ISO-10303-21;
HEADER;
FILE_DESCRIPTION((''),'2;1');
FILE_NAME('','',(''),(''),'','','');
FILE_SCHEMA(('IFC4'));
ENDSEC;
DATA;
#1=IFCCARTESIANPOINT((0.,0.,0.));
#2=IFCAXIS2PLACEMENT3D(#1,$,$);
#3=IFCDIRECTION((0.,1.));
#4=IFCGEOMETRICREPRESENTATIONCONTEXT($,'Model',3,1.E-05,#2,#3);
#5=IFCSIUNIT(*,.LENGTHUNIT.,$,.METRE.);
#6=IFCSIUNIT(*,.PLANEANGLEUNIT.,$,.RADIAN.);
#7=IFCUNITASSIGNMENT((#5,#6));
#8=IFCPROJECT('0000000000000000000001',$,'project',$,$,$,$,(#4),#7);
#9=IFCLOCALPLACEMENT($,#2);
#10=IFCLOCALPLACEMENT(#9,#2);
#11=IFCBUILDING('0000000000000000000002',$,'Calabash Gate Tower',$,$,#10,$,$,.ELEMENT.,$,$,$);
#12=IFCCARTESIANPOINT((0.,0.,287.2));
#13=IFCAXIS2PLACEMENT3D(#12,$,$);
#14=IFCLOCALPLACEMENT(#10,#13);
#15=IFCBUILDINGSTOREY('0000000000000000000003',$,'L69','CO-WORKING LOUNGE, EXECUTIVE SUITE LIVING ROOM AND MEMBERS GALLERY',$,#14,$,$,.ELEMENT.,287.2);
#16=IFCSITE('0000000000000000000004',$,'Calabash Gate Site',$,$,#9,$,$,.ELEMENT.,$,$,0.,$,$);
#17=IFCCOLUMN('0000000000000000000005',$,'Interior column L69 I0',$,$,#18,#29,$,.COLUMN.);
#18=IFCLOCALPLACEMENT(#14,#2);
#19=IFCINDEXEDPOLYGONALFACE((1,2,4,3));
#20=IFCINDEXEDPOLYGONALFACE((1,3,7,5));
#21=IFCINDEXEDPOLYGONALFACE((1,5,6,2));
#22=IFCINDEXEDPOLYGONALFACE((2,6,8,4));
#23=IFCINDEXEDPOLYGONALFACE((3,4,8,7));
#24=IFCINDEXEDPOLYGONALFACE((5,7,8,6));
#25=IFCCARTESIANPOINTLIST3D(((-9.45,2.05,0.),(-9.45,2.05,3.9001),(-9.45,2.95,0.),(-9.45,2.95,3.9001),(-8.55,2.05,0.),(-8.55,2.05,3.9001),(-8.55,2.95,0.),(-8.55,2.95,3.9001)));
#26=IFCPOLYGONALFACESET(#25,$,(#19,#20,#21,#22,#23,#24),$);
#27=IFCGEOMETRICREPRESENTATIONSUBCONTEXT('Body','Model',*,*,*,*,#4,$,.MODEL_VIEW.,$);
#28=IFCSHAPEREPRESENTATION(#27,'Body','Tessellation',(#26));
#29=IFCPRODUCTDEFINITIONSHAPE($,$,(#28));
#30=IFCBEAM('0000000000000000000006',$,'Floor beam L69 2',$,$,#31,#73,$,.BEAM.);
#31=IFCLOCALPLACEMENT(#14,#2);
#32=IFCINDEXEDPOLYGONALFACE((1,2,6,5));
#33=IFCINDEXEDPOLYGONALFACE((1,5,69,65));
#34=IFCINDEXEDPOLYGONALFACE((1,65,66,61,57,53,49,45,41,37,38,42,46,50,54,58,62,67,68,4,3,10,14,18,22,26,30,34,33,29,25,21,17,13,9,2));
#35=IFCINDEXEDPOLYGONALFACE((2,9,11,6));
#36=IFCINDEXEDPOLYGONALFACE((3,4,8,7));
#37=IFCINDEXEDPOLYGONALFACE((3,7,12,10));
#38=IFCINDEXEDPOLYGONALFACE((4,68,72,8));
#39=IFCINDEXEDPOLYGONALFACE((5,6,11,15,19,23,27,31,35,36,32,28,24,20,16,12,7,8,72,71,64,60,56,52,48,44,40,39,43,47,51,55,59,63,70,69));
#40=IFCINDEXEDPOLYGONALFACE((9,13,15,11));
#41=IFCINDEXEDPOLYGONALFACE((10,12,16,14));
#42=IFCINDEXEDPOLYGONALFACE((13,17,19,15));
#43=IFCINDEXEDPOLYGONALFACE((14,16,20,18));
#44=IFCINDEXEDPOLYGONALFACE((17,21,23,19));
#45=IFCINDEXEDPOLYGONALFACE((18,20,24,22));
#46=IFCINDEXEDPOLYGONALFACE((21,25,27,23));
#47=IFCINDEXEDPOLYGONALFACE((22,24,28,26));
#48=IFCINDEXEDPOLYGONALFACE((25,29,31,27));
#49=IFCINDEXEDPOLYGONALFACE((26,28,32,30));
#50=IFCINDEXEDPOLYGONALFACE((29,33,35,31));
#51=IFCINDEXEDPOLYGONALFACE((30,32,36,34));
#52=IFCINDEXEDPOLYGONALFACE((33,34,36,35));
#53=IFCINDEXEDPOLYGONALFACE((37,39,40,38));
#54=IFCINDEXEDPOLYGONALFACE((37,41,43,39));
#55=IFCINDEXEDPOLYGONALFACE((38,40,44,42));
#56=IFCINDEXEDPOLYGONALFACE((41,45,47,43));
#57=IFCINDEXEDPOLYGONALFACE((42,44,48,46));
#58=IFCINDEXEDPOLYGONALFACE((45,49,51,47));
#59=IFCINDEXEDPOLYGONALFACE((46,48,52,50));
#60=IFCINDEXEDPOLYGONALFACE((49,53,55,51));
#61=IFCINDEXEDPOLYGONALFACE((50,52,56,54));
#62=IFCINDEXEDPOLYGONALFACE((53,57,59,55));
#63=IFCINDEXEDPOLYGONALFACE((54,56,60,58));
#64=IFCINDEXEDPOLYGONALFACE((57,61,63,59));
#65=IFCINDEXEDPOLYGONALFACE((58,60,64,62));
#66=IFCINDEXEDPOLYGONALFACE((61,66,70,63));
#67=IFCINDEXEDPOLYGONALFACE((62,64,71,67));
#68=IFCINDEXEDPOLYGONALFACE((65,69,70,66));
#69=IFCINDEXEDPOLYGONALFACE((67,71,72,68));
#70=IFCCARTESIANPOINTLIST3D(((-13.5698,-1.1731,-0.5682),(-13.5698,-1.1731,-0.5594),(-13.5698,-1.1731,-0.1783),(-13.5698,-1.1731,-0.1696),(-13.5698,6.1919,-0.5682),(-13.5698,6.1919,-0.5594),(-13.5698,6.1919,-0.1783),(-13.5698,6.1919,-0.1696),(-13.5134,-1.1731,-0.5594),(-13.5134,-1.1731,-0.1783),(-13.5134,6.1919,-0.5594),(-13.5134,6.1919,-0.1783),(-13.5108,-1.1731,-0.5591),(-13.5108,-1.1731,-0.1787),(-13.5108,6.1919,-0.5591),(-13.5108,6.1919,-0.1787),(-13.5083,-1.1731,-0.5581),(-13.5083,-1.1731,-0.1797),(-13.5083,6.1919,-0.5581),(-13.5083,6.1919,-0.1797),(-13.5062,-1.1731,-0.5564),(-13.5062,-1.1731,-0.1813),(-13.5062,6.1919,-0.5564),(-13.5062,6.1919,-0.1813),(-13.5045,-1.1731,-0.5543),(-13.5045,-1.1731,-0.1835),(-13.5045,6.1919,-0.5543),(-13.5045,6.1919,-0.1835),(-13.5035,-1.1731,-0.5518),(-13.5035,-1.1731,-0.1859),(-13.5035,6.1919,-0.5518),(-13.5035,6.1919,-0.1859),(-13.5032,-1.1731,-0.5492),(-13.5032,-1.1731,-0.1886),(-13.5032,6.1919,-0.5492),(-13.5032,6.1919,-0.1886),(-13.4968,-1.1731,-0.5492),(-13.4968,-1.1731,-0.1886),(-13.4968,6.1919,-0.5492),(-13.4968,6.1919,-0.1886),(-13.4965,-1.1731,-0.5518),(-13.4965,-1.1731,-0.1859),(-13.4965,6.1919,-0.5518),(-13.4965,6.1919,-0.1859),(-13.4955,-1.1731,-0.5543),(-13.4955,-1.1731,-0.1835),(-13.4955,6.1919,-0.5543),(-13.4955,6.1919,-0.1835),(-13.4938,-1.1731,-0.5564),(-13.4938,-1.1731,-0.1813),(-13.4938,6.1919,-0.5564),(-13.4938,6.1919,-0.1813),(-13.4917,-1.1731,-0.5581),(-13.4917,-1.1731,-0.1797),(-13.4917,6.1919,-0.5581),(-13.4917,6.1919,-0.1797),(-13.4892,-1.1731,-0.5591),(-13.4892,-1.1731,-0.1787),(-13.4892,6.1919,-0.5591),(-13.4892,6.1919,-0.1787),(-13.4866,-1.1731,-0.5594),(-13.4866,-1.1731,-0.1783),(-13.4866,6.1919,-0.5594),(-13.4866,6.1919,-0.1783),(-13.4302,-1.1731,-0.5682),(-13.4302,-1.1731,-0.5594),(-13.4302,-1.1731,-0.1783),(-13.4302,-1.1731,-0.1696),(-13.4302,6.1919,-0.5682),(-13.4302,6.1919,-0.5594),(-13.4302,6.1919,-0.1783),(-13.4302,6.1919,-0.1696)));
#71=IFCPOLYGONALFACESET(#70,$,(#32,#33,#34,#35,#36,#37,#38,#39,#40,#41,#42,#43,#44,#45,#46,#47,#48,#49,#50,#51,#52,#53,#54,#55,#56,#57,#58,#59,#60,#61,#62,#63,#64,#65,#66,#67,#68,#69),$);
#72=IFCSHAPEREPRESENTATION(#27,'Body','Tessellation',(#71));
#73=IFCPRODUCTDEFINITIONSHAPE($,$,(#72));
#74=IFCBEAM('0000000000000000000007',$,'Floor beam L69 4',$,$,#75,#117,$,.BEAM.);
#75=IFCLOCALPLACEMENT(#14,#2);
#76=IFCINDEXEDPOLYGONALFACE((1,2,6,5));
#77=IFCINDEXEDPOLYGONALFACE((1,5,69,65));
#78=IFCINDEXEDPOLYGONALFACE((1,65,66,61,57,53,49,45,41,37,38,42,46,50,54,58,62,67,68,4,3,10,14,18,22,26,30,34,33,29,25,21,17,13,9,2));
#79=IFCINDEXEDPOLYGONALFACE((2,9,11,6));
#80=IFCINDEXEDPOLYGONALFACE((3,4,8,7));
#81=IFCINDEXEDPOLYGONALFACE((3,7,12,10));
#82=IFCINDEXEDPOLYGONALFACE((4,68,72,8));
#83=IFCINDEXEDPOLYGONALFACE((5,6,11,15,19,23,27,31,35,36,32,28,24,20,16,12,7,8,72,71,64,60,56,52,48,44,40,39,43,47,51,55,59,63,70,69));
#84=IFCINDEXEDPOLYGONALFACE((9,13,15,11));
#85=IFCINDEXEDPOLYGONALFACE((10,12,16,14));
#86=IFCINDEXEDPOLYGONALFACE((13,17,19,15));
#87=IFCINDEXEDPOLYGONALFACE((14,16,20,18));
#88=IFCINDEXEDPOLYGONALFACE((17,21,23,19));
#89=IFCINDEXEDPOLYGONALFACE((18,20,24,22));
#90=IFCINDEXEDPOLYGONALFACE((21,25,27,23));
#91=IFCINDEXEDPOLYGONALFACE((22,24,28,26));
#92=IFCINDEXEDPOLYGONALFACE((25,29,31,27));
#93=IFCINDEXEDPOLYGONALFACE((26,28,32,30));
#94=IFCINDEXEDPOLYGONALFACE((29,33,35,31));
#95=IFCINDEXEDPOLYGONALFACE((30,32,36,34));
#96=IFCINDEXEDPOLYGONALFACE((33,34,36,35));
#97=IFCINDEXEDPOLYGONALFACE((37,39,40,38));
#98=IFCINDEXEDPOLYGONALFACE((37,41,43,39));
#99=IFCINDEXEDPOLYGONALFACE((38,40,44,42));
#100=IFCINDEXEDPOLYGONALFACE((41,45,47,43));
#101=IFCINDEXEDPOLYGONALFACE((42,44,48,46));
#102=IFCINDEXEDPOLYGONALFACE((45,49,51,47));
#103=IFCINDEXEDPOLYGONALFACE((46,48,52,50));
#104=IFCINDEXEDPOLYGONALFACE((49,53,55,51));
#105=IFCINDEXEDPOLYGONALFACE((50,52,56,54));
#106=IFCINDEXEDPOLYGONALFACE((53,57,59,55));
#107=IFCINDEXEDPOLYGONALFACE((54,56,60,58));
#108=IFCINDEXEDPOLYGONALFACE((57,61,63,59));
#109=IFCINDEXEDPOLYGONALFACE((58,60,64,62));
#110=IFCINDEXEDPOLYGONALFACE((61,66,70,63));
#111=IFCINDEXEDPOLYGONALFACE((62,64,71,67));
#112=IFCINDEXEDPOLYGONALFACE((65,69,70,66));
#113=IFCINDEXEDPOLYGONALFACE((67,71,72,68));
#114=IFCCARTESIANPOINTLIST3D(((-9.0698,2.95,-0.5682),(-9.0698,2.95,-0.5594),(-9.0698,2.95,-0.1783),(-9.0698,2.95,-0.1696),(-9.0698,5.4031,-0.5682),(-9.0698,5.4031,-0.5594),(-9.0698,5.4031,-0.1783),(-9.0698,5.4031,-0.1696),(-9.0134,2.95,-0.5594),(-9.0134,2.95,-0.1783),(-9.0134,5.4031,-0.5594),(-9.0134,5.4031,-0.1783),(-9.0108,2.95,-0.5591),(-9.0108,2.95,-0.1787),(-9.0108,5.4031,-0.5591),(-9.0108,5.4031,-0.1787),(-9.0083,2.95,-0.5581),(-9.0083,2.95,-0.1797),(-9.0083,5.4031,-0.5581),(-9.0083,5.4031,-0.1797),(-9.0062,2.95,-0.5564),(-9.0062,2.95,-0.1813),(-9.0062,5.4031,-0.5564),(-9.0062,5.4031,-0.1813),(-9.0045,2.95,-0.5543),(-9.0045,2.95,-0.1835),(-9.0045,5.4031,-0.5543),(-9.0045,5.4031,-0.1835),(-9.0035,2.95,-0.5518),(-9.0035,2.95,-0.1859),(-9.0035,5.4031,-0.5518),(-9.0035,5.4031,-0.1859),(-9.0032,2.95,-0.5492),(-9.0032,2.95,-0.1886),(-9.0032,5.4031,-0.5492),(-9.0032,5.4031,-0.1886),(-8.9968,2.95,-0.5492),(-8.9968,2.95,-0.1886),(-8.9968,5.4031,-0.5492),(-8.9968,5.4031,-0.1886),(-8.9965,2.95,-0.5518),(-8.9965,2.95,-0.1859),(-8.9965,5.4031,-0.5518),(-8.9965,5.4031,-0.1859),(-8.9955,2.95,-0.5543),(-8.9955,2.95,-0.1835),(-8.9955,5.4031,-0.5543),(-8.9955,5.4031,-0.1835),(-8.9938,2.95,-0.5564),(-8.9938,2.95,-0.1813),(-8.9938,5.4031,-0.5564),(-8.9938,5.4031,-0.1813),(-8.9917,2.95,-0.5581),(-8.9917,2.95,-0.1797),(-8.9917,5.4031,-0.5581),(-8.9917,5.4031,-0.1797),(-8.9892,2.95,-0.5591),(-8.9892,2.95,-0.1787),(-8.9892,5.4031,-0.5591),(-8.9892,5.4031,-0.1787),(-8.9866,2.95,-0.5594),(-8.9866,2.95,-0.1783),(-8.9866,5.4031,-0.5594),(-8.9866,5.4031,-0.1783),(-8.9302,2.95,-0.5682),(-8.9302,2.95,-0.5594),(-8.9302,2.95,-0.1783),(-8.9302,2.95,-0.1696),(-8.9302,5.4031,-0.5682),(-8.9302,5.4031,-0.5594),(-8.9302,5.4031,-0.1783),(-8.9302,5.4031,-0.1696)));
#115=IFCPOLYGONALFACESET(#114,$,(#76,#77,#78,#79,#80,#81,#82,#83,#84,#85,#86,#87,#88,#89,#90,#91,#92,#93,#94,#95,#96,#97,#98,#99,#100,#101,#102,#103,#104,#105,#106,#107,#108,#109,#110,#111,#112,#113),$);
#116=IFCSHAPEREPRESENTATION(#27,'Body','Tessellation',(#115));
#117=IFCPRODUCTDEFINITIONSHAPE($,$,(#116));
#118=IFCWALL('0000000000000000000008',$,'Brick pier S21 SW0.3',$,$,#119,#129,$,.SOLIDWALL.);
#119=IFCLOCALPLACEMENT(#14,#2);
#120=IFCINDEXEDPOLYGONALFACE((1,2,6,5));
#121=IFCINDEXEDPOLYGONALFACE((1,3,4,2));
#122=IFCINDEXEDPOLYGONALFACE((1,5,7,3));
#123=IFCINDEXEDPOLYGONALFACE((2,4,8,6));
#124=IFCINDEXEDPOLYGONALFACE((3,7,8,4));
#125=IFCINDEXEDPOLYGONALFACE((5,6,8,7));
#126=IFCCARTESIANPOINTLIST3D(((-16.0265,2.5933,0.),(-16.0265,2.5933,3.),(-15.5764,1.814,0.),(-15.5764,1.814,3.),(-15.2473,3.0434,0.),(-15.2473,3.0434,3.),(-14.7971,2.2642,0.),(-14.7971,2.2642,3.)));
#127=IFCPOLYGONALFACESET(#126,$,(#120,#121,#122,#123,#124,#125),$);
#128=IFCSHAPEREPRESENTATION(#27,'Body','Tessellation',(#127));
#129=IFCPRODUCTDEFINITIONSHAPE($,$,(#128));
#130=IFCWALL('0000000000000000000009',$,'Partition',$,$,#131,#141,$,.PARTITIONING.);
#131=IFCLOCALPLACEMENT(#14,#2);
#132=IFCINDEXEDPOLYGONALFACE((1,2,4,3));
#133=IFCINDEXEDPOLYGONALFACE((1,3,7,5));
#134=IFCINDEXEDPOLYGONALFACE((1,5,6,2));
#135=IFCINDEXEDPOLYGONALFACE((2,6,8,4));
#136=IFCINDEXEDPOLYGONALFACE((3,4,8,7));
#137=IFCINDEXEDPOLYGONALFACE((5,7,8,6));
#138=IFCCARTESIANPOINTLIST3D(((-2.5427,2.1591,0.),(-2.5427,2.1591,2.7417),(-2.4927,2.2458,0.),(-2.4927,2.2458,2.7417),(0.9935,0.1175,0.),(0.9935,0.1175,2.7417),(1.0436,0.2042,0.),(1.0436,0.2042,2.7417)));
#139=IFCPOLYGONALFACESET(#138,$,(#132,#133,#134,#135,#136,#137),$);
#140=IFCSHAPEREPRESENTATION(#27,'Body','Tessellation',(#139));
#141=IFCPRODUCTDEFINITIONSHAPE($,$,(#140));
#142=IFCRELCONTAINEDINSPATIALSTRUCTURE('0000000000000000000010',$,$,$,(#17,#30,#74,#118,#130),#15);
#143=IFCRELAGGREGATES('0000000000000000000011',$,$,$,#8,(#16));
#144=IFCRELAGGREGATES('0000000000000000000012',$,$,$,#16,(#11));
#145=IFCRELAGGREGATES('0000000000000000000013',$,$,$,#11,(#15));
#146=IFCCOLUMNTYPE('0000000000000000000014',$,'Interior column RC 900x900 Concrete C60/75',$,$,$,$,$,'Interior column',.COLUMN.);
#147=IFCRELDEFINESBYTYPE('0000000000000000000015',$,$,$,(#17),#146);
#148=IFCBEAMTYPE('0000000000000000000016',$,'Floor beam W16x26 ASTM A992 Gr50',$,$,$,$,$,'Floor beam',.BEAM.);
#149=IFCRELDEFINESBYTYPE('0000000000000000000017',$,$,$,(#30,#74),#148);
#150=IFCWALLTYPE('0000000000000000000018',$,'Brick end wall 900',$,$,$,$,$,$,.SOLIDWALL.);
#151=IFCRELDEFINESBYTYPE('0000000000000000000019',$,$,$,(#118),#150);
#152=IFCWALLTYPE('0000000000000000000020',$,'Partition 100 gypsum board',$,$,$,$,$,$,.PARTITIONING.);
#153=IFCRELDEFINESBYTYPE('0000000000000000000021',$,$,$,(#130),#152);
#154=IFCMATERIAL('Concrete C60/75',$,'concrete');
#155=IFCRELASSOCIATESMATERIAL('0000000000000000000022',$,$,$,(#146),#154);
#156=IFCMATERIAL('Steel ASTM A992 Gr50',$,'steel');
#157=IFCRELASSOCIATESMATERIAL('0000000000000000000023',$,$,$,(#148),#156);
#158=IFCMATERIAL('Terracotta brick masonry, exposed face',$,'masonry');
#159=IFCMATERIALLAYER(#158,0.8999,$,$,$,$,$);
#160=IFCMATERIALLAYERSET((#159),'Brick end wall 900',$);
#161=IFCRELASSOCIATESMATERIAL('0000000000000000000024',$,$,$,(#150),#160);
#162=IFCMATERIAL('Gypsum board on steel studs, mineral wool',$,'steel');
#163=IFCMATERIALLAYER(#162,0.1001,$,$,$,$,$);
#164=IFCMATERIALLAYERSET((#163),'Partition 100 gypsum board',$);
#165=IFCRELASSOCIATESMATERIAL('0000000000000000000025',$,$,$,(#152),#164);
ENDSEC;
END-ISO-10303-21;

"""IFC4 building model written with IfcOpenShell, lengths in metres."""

from ifc_helpers import new_model, si_unit, direction, frame, frame_2d, origin, origin_2d, place, context, subcontext, project, spatial, rectangle, i_section, extrude, material, layer, layer_set, material_profile, profile_set, type_object, element, save


model = new_model("IFC4")

# Units and contexts
model_context = context("Model", 3, precision=1e-05, world=origin(), true_north=direction((0.0, 1.0)))
body_context = subcontext(model_context, "Body", "Model", "MODEL_VIEW")
ifc_project = project(units=[si_unit("LENGTHUNIT", "METRE"), si_unit("PLANEANGLEUNIT", "RADIAN")], contexts=[model_context])

# Site, building, storey
site_placement = place(None, origin())
site = spatial("IfcSite", under=ifc_project, at=site_placement, Name="Calabash Gate Site", CompositionType="ELEMENT", RefElevation=0.0)
building_placement = place(site_placement, origin())
building = spatial("IfcBuilding", under=site, at=building_placement, Name="Calabash Gate Tower", CompositionType="ELEMENT")
storey_placement = place(building_placement, frame((0.0, 0.0, 287.2)))
storey = spatial("IfcBuildingStorey", under=building, at=storey_placement, Name="L69", Description="CO-WORKING LOUNGE, EXECUTIVE SUITE LIVING ROOM AND MEMBERS GALLERY", CompositionType="ELEMENT", Elevation=287.2)

# Column
ifc_material_1 = material(Name="Concrete C60/75", Category="concrete")
ifc_material_profile_1 = material_profile(ifc_material_1, rectangle(XDim=0.8999, YDim=0.8999, at=origin_2d()))
ifc_profile_set_1 = profile_set([ifc_material_profile_1], Name="Concrete C60/75")
column_type = type_object("IfcColumnType", Name="Interior column RC 900x900 Concrete C60/75", ElementType="Interior column", PredefinedType="COLUMN", material=ifc_profile_set_1)
column_placement = place(storey_placement, frame((-9.0, 2.5, 0.0), z_axis=(0.0, 0.0, 1.0), x_axis=(1.0, 0.0, 0.0)))
element("IfcColumn", 1, at=column_placement, inside=storey, type_object=column_type, Name="Interior column L69 I0", PredefinedType="COLUMN", context=body_context, shape_type="SweptSolid", body=[
    extrude(rectangle(XDim=0.8999, YDim=0.8999, at=origin_2d()), origin(), (0.0, 0.0, 1.0), 3.9001),
])

# Beams
ifc_material_2 = material(Name="Steel ASTM A992 Gr50", Category="steel")
ifc_material_profile_2 = material_profile(ifc_material_2, i_section(OverallWidth=0.1396, OverallDepth=0.3987, WebThickness=0.0063, FlangeThickness=0.0088, FilletRadius=0.0103, at=origin_2d()))
ifc_profile_set_2 = profile_set([ifc_material_profile_2], Name="Steel ASTM A992 Gr50")
beam_type = type_object("IfcBeamType", Name="Floor beam W16x26 ASTM A992 Gr50", ElementType="Floor beam", PredefinedType="BEAM", material=ifc_profile_set_2)
beam_1_placement = place(storey_placement, frame((-13.5, -1.1731, -0.3689), z_axis=(0.0, 1.0, 0.0), x_axis=(-1.0, 0.0, 0.0)))
element("IfcBeam", 2, at=beam_1_placement, inside=storey, type_object=beam_type, Name="Floor beam L69 2", PredefinedType="BEAM", context=body_context, shape_type="SweptSolid", body=[
    extrude(i_section(OverallWidth=0.1396, OverallDepth=0.3987, WebThickness=0.0063, FlangeThickness=0.0088, FilletRadius=0.0103, at=origin_2d()), origin(), (0.0, 0.0, 1.0), 7.365),
])
beam_2_placement = place(storey_placement, frame((-9.0, 2.95, -0.3689), z_axis=(0.0, 1.0, 0.0), x_axis=(-1.0, 0.0, 0.0)))
element("IfcBeam", 3, at=beam_2_placement, inside=storey, type_object=beam_type, Name="Floor beam L69 4", PredefinedType="BEAM", context=body_context, shape_type="SweptSolid", body=[
    extrude(i_section(OverallWidth=0.1396, OverallDepth=0.3987, WebThickness=0.0063, FlangeThickness=0.0088, FilletRadius=0.0103, at=origin_2d()), origin(), (0.0, 0.0, 1.0), 2.4531),
])

# Walls
ifc_material_3 = material(Name="Terracotta brick masonry, exposed face", Category="masonry")
ifc_layer_1 = layer(ifc_material_3, 0.8999)
ifc_layer_set_1 = layer_set([ifc_layer_1], Name="Brick end wall 900")
wall_type_1 = type_object("IfcWallType", Name="Brick end wall 900", PredefinedType="SOLIDWALL", material=ifc_layer_set_1)
wall_1_placement = place(storey_placement, frame((-15.0222, 2.6538, 0.0), z_axis=(0.0, 0.0, 1.0), x_axis=(-0.865896, -0.500223, 0.0)))
element("IfcWall", 4, at=wall_1_placement, inside=storey, type_object=wall_type_1, Name="Brick pier S21 SW0.3", PredefinedType="SOLIDWALL", context=body_context, shape_type="SweptSolid", body=[
    extrude(rectangle(XDim=0.8999, YDim=0.8999, at=frame_2d((0.45, 0.0))), origin(), (0.0, 0.0, 1.0), 3.0),
])
ifc_material_4 = material(Name="Gypsum board on steel studs, mineral wool", Category="steel")
ifc_layer_2 = layer(ifc_material_4, 0.1001)
ifc_layer_set_2 = layer_set([ifc_layer_2], Name="Partition 100 gypsum board")
wall_type_2 = type_object("IfcWallType", Name="Partition 100 gypsum board", PredefinedType="PARTITIONING", material=ifc_layer_set_2)
wall_2_placement = place(storey_placement, frame((-2.5176, 2.2024, 0.0), z_axis=(0.0, 0.0, 1.0), x_axis=(0.866034, -0.499985, 0.0)))
element("IfcWall", 5, at=wall_2_placement, inside=storey, type_object=wall_type_2, Name="Partition", PredefinedType="PARTITIONING", context=body_context, shape_type="SweptSolid", body=[
    extrude(rectangle(XDim=4.0833, YDim=0.1001, at=frame_2d((2.0415, 0.0))), origin(), (0.0, 0.0, 1.0), 2.7417),
])

save(model, "model.ifc")
